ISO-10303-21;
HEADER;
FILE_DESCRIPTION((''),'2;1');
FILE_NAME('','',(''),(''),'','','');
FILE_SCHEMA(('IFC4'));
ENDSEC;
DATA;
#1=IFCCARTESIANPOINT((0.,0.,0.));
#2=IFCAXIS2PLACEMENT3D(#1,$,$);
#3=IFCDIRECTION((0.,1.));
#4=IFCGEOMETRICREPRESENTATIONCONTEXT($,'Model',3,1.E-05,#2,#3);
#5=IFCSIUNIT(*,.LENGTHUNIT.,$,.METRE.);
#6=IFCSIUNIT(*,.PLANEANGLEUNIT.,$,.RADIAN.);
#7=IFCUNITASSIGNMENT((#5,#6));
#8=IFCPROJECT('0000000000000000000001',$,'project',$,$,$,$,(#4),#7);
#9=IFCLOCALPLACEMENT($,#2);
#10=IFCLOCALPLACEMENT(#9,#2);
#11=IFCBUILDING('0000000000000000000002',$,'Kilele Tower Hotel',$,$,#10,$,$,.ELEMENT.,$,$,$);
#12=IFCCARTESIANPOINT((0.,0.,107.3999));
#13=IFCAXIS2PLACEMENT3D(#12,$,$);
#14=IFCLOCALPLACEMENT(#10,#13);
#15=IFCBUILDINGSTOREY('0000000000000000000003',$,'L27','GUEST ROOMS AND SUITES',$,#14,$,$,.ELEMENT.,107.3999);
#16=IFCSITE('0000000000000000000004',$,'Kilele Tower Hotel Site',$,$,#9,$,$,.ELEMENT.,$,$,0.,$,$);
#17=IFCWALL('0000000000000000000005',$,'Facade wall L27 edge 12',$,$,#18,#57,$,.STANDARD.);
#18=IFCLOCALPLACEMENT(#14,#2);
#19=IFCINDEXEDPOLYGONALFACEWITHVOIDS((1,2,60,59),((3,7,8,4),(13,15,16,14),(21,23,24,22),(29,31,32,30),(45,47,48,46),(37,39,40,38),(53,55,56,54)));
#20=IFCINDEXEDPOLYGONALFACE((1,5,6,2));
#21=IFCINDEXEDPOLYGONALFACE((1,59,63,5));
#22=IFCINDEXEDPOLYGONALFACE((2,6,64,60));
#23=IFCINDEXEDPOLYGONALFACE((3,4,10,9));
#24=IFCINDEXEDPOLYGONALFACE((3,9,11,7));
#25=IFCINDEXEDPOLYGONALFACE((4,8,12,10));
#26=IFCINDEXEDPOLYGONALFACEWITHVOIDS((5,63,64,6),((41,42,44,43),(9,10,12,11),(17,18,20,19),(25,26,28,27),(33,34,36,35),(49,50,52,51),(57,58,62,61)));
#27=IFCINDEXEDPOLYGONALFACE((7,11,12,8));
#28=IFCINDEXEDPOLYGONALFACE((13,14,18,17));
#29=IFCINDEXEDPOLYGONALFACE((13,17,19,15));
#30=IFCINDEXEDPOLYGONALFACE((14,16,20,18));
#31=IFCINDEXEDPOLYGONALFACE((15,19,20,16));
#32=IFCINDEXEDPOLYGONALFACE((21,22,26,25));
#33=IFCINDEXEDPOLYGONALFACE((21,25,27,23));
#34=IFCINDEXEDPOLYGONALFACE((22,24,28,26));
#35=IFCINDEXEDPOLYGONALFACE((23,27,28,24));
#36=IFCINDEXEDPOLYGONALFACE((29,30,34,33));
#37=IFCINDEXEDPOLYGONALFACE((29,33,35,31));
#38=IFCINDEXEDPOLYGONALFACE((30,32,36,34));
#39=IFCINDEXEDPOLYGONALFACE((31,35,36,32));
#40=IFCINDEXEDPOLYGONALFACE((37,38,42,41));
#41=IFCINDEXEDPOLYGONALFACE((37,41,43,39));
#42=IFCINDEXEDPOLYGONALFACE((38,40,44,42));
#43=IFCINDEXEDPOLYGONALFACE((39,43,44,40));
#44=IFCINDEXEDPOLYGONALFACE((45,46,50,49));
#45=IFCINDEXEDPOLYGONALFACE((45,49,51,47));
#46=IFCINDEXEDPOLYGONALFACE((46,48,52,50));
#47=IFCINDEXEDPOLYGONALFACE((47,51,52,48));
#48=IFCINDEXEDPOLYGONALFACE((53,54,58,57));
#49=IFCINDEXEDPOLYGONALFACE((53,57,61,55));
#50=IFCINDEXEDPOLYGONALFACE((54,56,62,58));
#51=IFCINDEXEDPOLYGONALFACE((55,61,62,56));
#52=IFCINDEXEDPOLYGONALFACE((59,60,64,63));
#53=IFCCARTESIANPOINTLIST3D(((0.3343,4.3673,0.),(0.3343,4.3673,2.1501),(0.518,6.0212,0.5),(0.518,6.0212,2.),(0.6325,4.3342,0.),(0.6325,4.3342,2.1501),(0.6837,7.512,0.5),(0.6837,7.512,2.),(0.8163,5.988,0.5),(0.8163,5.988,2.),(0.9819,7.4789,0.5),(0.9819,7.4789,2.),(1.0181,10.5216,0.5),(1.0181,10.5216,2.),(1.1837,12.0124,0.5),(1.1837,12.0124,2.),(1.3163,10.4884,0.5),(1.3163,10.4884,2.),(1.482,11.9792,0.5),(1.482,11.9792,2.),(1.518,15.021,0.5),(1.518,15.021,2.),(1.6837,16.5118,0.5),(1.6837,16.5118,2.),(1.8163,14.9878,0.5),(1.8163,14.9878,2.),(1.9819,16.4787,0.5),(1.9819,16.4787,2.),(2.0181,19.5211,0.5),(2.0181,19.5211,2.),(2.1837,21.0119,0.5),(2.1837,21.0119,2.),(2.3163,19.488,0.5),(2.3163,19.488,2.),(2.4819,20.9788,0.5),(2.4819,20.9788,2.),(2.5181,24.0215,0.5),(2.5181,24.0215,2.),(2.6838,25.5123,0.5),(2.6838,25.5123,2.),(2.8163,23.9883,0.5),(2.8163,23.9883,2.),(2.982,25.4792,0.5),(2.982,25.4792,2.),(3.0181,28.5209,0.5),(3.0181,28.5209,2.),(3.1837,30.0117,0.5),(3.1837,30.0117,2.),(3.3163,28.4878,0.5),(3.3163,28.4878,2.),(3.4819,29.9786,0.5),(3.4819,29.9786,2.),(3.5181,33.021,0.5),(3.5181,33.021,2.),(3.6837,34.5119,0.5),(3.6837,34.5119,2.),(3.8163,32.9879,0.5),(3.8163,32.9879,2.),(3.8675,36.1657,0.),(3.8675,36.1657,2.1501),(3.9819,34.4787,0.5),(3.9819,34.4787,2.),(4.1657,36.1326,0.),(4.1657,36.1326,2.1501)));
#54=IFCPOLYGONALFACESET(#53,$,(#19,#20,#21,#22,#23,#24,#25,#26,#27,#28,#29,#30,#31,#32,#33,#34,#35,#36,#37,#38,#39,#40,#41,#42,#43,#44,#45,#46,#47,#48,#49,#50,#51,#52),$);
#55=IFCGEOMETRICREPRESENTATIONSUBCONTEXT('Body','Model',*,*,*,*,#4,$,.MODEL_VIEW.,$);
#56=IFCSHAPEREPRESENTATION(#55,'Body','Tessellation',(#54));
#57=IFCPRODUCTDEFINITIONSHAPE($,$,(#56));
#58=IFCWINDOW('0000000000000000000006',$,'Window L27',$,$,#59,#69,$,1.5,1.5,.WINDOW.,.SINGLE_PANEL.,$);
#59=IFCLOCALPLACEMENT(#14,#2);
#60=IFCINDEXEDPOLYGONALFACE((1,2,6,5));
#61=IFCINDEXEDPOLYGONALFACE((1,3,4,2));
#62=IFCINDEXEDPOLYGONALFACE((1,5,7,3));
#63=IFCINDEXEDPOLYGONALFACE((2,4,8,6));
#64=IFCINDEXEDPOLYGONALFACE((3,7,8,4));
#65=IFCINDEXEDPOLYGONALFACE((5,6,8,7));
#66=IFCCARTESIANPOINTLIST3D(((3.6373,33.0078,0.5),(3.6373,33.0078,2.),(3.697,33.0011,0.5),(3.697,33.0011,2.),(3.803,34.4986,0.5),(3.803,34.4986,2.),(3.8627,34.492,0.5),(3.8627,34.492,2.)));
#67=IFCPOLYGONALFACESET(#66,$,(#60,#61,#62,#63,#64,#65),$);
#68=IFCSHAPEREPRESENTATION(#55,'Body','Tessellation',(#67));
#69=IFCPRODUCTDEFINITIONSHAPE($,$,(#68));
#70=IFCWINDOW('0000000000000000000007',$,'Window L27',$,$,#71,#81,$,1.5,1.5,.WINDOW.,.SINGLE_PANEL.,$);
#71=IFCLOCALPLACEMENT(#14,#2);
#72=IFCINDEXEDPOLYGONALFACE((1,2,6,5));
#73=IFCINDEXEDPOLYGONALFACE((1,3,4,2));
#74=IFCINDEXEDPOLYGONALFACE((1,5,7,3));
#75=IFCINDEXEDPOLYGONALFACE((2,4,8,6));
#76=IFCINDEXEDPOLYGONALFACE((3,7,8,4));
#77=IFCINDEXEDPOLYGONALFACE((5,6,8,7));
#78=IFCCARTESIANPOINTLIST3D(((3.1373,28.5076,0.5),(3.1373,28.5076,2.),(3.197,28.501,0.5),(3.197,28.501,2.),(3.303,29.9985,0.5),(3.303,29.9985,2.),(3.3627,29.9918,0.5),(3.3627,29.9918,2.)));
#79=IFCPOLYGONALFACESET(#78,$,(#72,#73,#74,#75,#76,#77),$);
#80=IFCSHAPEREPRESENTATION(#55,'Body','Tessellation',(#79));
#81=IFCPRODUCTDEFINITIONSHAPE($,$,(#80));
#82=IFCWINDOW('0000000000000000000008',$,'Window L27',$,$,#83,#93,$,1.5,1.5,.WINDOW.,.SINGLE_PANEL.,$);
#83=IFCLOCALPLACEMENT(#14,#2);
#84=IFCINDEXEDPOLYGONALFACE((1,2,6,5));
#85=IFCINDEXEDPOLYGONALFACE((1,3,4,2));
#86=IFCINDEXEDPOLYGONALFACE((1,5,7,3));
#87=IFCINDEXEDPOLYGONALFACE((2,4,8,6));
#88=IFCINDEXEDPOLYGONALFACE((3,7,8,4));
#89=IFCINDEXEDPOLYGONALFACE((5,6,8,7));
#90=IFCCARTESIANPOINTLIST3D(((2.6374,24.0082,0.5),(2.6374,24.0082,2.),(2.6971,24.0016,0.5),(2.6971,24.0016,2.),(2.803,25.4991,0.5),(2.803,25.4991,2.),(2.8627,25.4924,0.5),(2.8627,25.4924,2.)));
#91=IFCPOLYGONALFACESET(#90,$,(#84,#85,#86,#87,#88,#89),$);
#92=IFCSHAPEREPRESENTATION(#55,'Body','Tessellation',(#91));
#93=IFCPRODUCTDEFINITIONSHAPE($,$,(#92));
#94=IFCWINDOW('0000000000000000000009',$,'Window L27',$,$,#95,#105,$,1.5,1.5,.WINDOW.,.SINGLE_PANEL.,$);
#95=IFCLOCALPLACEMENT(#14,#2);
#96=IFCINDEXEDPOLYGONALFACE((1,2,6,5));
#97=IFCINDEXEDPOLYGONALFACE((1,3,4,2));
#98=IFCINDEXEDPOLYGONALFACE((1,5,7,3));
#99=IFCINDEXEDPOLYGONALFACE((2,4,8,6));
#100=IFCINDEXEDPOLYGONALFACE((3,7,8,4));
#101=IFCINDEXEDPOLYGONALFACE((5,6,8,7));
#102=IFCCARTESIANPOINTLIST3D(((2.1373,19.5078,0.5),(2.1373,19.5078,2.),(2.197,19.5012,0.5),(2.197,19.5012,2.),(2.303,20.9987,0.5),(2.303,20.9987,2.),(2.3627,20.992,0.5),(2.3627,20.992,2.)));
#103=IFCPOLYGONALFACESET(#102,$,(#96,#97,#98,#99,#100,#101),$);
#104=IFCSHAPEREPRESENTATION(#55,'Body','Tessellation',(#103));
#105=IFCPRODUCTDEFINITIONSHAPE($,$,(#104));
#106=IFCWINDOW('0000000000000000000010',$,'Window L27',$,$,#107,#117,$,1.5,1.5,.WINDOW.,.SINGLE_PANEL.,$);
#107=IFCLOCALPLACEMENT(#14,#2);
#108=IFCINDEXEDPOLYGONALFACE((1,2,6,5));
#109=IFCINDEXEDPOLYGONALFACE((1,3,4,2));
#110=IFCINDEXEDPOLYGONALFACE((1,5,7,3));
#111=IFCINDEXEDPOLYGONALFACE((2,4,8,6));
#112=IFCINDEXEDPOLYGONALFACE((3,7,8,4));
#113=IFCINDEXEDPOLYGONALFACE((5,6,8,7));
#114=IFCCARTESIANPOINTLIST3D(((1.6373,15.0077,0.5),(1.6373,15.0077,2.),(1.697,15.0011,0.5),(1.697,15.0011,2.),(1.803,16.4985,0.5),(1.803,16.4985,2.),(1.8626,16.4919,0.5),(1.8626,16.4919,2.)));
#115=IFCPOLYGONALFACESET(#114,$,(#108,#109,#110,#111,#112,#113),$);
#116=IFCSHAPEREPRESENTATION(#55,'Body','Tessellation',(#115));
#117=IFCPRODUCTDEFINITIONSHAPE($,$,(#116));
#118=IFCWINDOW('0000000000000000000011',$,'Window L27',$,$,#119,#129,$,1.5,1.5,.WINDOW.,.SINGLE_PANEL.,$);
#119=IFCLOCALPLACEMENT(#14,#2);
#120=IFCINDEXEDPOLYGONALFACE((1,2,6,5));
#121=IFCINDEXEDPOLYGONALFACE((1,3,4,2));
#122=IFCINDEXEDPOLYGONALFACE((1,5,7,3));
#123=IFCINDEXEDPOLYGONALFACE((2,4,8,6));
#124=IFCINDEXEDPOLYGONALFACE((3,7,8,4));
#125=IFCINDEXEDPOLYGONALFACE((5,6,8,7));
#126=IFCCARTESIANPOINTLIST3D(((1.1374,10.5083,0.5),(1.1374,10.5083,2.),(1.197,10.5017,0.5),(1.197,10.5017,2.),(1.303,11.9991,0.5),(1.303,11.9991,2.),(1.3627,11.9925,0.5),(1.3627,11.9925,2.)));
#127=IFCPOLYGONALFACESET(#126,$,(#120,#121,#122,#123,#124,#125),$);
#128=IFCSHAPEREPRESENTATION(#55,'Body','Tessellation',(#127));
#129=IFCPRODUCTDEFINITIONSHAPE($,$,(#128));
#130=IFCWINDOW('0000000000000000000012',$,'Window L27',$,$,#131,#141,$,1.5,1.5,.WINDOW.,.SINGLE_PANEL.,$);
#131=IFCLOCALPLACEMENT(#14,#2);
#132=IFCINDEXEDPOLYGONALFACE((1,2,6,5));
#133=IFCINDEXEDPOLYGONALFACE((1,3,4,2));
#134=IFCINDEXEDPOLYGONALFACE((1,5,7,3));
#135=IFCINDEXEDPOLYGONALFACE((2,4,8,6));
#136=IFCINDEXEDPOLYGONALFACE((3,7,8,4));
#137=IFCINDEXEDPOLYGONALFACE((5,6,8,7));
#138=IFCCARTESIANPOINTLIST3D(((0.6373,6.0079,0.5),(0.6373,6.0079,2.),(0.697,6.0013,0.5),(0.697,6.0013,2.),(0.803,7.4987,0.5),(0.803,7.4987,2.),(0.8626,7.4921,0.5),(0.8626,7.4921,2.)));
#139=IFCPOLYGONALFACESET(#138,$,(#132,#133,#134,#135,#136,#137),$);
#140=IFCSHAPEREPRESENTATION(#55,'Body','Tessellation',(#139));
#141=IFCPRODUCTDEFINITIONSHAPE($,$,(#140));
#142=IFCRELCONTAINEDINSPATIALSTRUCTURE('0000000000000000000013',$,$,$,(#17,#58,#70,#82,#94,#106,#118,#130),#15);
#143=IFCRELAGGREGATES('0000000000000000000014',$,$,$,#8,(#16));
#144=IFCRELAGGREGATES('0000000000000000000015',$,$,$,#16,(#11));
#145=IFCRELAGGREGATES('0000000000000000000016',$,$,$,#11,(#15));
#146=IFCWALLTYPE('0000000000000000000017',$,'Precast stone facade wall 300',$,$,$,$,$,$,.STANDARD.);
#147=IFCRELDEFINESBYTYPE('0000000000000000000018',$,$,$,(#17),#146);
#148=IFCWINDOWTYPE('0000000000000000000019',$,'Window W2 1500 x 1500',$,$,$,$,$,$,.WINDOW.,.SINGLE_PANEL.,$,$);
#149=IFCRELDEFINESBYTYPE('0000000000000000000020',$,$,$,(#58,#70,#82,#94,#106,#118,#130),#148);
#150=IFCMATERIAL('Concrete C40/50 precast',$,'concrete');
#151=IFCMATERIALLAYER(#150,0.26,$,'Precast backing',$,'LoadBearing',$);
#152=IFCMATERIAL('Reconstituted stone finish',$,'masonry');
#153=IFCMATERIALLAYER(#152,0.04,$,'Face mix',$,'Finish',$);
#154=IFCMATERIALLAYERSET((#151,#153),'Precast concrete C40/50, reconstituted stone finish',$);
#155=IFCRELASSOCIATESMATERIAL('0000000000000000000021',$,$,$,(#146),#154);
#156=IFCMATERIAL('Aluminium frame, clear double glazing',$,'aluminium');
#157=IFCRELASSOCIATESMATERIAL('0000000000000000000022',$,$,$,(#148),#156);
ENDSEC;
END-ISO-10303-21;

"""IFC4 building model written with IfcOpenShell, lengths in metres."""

from ifc_helpers import new_model, si_unit, direction, frame, frame_2d, origin, place, context, subcontext, project, spatial, rectangle, extrude, material, layer, layer_set, type_object, element, fill, save


model = new_model("IFC4")

# Units and contexts
model_context = context("Model", 3, precision=1e-05, world=origin(), true_north=direction((0.0, 1.0)))
body_context = subcontext(model_context, "Body", "Model", "MODEL_VIEW")
ifc_project = project(units=[si_unit("LENGTHUNIT", "METRE"), si_unit("PLANEANGLEUNIT", "RADIAN")], contexts=[model_context])

# Site, building, storey
site_placement = place(None, origin())
site = spatial("IfcSite", under=ifc_project, at=site_placement, Name="Kilele Tower Hotel Site", CompositionType="ELEMENT", RefElevation=0.0)
building_placement = place(site_placement, origin())
building = spatial("IfcBuilding", under=site, at=building_placement, Name="Kilele Tower Hotel", CompositionType="ELEMENT")
storey_placement = place(building_placement, frame((0.0, 0.0, 107.3999)))
storey = spatial("IfcBuildingStorey", under=building, at=storey_placement, Name="L27", Description="GUEST ROOMS AND SUITES", CompositionType="ELEMENT", Elevation=107.3999)

# Wall, openings, windows
ifc_material_1 = material(Name="Concrete C40/50 precast", Category="concrete")
ifc_layer_1 = layer(ifc_material_1, 0.26, Name="Precast backing", Category="LoadBearing")
ifc_material_2 = material(Name="Reconstituted stone finish", Category="masonry")
ifc_layer_2 = layer(ifc_material_2, 0.04, Name="Face mix", Category="Finish")
ifc_layer_set_1 = layer_set([ifc_layer_1, ifc_layer_2], Name="Precast concrete C40/50, reconstituted stone finish")
wall_type_1 = type_object("IfcWallType", Name="Precast stone facade wall 300", PredefinedType="STANDARD", material=ifc_layer_set_1)
wall_1_placement = place(storey_placement, frame((4.0166, 36.1492, 0.0), z_axis=(0.0, 0.0, 1.0), x_axis=(-0.110433, -0.993884, 0.0)))
wall_1 = element("IfcWall", 1, at=wall_1_placement, inside=storey, type_object=wall_type_1, Name="Facade wall L27 edge 12", PredefinedType="STANDARD", context=body_context, shape_type="SweptSolid", body=[
    extrude(rectangle(XDim=31.9941, YDim=0.3, at=frame_2d((15.9971, 0.0))), origin(), (0.0, 0.0, 1.0), 2.1501),
])
opening_1_placement = place(wall_1_placement, frame((1.6641, 0.0, 0.5)))
opening_1 = element("IfcOpeningElement", 2, at=opening_1_placement, cuts=wall_1, PredefinedType="OPENING", context=body_context, shape_type="SweptSolid", body=[
    extrude(rectangle(XDim=1.5, YDim=1.5, at=frame_2d((0.75, 0.75))), frame((0.0, 0.1599, 0.0), z_axis=(0.0, -1.0, 0.0), x_axis=(1.0, 0.0, 0.0)), (0.0, 0.0, 1.0), 0.3201),
])
opening_2_placement = place(wall_1_placement, frame((6.1919, 0.0, 0.5)))
opening_2 = element("IfcOpeningElement", 3, at=opening_2_placement, cuts=wall_1, PredefinedType="OPENING", context=body_context, shape_type="SweptSolid", body=[
    extrude(rectangle(XDim=1.5, YDim=1.5, at=frame_2d((0.75, 0.75))), frame((0.0, 0.1599, 0.0), z_axis=(0.0, -1.0, 0.0), x_axis=(1.0, 0.0, 0.0)), (0.0, 0.0, 1.0), 0.3201),
])
opening_3_placement = place(wall_1_placement, frame((10.719, 0.0, 0.5)))
opening_3 = element("IfcOpeningElement", 4, at=opening_3_placement, cuts=wall_1, PredefinedType="OPENING", context=body_context, shape_type="SweptSolid", body=[
    extrude(rectangle(XDim=1.5, YDim=1.5, at=frame_2d((0.75, 0.75))), frame((0.0, 0.1599, 0.0), z_axis=(0.0, -1.0, 0.0), x_axis=(1.0, 0.0, 0.0)), (0.0, 0.0, 1.0), 0.3201),
])
opening_4_placement = place(wall_1_placement, frame((15.2471, 0.0, 0.5)))
opening_4 = element("IfcOpeningElement", 5, at=opening_4_placement, cuts=wall_1, PredefinedType="OPENING", context=body_context, shape_type="SweptSolid", body=[
    extrude(rectangle(XDim=1.5, YDim=1.5, at=frame_2d((0.75, 0.75))), frame((0.0, 0.1599, 0.0), z_axis=(0.0, -1.0, 0.0), x_axis=(1.0, 0.0, 0.0)), (0.0, 0.0, 1.0), 0.3201),
])
opening_5_placement = place(wall_1_placement, frame((19.7749, 0.0, 0.5)))
opening_5 = element("IfcOpeningElement", 6, at=opening_5_placement, cuts=wall_1, PredefinedType="OPENING", context=body_context, shape_type="SweptSolid", body=[
    extrude(rectangle(XDim=1.5, YDim=1.5, at=frame_2d((0.75, 0.75))), frame((0.0, 0.1599, 0.0), z_axis=(0.0, -1.0, 0.0), x_axis=(1.0, 0.0, 0.0)), (0.0, 0.0, 1.0), 0.3201),
])
opening_6_placement = place(wall_1_placement, frame((24.302, 0.0, 0.5)))
opening_6 = element("IfcOpeningElement", 7, at=opening_6_placement, cuts=wall_1, PredefinedType="OPENING", context=body_context, shape_type="SweptSolid", body=[
    extrude(rectangle(XDim=1.5, YDim=1.5, at=frame_2d((0.75, 0.75))), frame((0.0, 0.1599, 0.0), z_axis=(0.0, -1.0, 0.0), x_axis=(1.0, 0.0, 0.0)), (0.0, 0.0, 1.0), 0.3201),
])
opening_7_placement = place(wall_1_placement, frame((28.8301, 0.0, 0.5)))
opening_7 = element("IfcOpeningElement", 8, at=opening_7_placement, cuts=wall_1, PredefinedType="OPENING", context=body_context, shape_type="SweptSolid", body=[
    extrude(rectangle(XDim=1.5, YDim=1.5, at=frame_2d((0.75, 0.75))), frame((0.0, 0.1599, 0.0), z_axis=(0.0, -1.0, 0.0), x_axis=(1.0, 0.0, 0.0)), (0.0, 0.0, 1.0), 0.3201),
])
ifc_material_3 = material(Name="Aluminium frame, clear double glazing", Category="aluminium")
window_type = type_object("IfcWindowType", Name="Window W2 1500 x 1500", PartitioningType="SINGLE_PANEL", PredefinedType="WINDOW", material=ifc_material_3)
window_1_placement = place(opening_1_placement, origin())
window_1 = element("IfcWindow", 9, at=window_1_placement, inside=storey, type_object=window_type, Name="Window L27", OverallHeight=1.5, OverallWidth=1.5, PartitioningType="SINGLE_PANEL", PredefinedType="WINDOW", context=body_context, shape_type="SweptSolid", body=[
    extrude(rectangle(XDim=1.5, YDim=1.5, at=frame_2d((0.75, 0.75))), frame((0.0, 0.03, 0.0), z_axis=(0.0, -1.0, 0.0), x_axis=(1.0, 0.0, 0.0)), (0.0, 0.0, 1.0), 0.0601),
])
fill(opening_1, window_1)
window_2_placement = place(opening_2_placement, origin())
window_2 = element("IfcWindow", 10, at=window_2_placement, inside=storey, type_object=window_type, Name="Window L27", OverallHeight=1.5, OverallWidth=1.5, PartitioningType="SINGLE_PANEL", PredefinedType="WINDOW", context=body_context, shape_type="SweptSolid", body=[
    extrude(rectangle(XDim=1.5, YDim=1.5, at=frame_2d((0.75, 0.75))), frame((0.0, 0.03, 0.0), z_axis=(0.0, -1.0, 0.0), x_axis=(1.0, 0.0, 0.0)), (0.0, 0.0, 1.0), 0.0601),
])
fill(opening_2, window_2)
window_3_placement = place(opening_3_placement, origin())
window_3 = element("IfcWindow", 11, at=window_3_placement, inside=storey, type_object=window_type, Name="Window L27", OverallHeight=1.5, OverallWidth=1.5, PartitioningType="SINGLE_PANEL", PredefinedType="WINDOW", context=body_context, shape_type="SweptSolid", body=[
    extrude(rectangle(XDim=1.5, YDim=1.5, at=frame_2d((0.75, 0.75))), frame((0.0, 0.03, 0.0), z_axis=(0.0, -1.0, 0.0), x_axis=(1.0, 0.0, 0.0)), (0.0, 0.0, 1.0), 0.0601),
])
fill(opening_3, window_3)
window_4_placement = place(opening_4_placement, origin())
window_4 = element("IfcWindow", 12, at=window_4_placement, inside=storey, type_object=window_type, Name="Window L27", OverallHeight=1.5, OverallWidth=1.5, PartitioningType="SINGLE_PANEL", PredefinedType="WINDOW", context=body_context, shape_type="SweptSolid", body=[
    extrude(rectangle(XDim=1.5, YDim=1.5, at=frame_2d((0.75, 0.75))), frame((0.0, 0.03, 0.0), z_axis=(0.0, -1.0, 0.0), x_axis=(1.0, 0.0, 0.0)), (0.0, 0.0, 1.0), 0.0601),
])
fill(opening_4, window_4)
window_5_placement = place(opening_5_placement, origin())
window_5 = element("IfcWindow", 13, at=window_5_placement, inside=storey, type_object=window_type, Name="Window L27", OverallHeight=1.5, OverallWidth=1.5, PartitioningType="SINGLE_PANEL", PredefinedType="WINDOW", context=body_context, shape_type="SweptSolid", body=[
    extrude(rectangle(XDim=1.5, YDim=1.5, at=frame_2d((0.75, 0.75))), frame((0.0, 0.03, 0.0), z_axis=(0.0, -1.0, 0.0), x_axis=(1.0, 0.0, 0.0)), (0.0, 0.0, 1.0), 0.0601),
])
fill(opening_5, window_5)
window_6_placement = place(opening_6_placement, origin())
window_6 = element("IfcWindow", 14, at=window_6_placement, inside=storey, type_object=window_type, Name="Window L27", OverallHeight=1.5, OverallWidth=1.5, PartitioningType="SINGLE_PANEL", PredefinedType="WINDOW", context=body_context, shape_type="SweptSolid", body=[
    extrude(rectangle(XDim=1.5, YDim=1.5, at=frame_2d((0.75, 0.75))), frame((0.0, 0.03, 0.0), z_axis=(0.0, -1.0, 0.0), x_axis=(1.0, 0.0, 0.0)), (0.0, 0.0, 1.0), 0.0601),
])
fill(opening_6, window_6)
window_7_placement = place(opening_7_placement, origin())
window_7 = element("IfcWindow", 15, at=window_7_placement, inside=storey, type_object=window_type, Name="Window L27", OverallHeight=1.5, OverallWidth=1.5, PartitioningType="SINGLE_PANEL", PredefinedType="WINDOW", context=body_context, shape_type="SweptSolid", body=[
    extrude(rectangle(XDim=1.5, YDim=1.5, at=frame_2d((0.75, 0.75))), frame((0.0, 0.03, 0.0), z_axis=(0.0, -1.0, 0.0), x_axis=(1.0, 0.0, 0.0)), (0.0, 0.0, 1.0), 0.0601),
])
fill(opening_7, window_7)

save(model, "model.ifc")
